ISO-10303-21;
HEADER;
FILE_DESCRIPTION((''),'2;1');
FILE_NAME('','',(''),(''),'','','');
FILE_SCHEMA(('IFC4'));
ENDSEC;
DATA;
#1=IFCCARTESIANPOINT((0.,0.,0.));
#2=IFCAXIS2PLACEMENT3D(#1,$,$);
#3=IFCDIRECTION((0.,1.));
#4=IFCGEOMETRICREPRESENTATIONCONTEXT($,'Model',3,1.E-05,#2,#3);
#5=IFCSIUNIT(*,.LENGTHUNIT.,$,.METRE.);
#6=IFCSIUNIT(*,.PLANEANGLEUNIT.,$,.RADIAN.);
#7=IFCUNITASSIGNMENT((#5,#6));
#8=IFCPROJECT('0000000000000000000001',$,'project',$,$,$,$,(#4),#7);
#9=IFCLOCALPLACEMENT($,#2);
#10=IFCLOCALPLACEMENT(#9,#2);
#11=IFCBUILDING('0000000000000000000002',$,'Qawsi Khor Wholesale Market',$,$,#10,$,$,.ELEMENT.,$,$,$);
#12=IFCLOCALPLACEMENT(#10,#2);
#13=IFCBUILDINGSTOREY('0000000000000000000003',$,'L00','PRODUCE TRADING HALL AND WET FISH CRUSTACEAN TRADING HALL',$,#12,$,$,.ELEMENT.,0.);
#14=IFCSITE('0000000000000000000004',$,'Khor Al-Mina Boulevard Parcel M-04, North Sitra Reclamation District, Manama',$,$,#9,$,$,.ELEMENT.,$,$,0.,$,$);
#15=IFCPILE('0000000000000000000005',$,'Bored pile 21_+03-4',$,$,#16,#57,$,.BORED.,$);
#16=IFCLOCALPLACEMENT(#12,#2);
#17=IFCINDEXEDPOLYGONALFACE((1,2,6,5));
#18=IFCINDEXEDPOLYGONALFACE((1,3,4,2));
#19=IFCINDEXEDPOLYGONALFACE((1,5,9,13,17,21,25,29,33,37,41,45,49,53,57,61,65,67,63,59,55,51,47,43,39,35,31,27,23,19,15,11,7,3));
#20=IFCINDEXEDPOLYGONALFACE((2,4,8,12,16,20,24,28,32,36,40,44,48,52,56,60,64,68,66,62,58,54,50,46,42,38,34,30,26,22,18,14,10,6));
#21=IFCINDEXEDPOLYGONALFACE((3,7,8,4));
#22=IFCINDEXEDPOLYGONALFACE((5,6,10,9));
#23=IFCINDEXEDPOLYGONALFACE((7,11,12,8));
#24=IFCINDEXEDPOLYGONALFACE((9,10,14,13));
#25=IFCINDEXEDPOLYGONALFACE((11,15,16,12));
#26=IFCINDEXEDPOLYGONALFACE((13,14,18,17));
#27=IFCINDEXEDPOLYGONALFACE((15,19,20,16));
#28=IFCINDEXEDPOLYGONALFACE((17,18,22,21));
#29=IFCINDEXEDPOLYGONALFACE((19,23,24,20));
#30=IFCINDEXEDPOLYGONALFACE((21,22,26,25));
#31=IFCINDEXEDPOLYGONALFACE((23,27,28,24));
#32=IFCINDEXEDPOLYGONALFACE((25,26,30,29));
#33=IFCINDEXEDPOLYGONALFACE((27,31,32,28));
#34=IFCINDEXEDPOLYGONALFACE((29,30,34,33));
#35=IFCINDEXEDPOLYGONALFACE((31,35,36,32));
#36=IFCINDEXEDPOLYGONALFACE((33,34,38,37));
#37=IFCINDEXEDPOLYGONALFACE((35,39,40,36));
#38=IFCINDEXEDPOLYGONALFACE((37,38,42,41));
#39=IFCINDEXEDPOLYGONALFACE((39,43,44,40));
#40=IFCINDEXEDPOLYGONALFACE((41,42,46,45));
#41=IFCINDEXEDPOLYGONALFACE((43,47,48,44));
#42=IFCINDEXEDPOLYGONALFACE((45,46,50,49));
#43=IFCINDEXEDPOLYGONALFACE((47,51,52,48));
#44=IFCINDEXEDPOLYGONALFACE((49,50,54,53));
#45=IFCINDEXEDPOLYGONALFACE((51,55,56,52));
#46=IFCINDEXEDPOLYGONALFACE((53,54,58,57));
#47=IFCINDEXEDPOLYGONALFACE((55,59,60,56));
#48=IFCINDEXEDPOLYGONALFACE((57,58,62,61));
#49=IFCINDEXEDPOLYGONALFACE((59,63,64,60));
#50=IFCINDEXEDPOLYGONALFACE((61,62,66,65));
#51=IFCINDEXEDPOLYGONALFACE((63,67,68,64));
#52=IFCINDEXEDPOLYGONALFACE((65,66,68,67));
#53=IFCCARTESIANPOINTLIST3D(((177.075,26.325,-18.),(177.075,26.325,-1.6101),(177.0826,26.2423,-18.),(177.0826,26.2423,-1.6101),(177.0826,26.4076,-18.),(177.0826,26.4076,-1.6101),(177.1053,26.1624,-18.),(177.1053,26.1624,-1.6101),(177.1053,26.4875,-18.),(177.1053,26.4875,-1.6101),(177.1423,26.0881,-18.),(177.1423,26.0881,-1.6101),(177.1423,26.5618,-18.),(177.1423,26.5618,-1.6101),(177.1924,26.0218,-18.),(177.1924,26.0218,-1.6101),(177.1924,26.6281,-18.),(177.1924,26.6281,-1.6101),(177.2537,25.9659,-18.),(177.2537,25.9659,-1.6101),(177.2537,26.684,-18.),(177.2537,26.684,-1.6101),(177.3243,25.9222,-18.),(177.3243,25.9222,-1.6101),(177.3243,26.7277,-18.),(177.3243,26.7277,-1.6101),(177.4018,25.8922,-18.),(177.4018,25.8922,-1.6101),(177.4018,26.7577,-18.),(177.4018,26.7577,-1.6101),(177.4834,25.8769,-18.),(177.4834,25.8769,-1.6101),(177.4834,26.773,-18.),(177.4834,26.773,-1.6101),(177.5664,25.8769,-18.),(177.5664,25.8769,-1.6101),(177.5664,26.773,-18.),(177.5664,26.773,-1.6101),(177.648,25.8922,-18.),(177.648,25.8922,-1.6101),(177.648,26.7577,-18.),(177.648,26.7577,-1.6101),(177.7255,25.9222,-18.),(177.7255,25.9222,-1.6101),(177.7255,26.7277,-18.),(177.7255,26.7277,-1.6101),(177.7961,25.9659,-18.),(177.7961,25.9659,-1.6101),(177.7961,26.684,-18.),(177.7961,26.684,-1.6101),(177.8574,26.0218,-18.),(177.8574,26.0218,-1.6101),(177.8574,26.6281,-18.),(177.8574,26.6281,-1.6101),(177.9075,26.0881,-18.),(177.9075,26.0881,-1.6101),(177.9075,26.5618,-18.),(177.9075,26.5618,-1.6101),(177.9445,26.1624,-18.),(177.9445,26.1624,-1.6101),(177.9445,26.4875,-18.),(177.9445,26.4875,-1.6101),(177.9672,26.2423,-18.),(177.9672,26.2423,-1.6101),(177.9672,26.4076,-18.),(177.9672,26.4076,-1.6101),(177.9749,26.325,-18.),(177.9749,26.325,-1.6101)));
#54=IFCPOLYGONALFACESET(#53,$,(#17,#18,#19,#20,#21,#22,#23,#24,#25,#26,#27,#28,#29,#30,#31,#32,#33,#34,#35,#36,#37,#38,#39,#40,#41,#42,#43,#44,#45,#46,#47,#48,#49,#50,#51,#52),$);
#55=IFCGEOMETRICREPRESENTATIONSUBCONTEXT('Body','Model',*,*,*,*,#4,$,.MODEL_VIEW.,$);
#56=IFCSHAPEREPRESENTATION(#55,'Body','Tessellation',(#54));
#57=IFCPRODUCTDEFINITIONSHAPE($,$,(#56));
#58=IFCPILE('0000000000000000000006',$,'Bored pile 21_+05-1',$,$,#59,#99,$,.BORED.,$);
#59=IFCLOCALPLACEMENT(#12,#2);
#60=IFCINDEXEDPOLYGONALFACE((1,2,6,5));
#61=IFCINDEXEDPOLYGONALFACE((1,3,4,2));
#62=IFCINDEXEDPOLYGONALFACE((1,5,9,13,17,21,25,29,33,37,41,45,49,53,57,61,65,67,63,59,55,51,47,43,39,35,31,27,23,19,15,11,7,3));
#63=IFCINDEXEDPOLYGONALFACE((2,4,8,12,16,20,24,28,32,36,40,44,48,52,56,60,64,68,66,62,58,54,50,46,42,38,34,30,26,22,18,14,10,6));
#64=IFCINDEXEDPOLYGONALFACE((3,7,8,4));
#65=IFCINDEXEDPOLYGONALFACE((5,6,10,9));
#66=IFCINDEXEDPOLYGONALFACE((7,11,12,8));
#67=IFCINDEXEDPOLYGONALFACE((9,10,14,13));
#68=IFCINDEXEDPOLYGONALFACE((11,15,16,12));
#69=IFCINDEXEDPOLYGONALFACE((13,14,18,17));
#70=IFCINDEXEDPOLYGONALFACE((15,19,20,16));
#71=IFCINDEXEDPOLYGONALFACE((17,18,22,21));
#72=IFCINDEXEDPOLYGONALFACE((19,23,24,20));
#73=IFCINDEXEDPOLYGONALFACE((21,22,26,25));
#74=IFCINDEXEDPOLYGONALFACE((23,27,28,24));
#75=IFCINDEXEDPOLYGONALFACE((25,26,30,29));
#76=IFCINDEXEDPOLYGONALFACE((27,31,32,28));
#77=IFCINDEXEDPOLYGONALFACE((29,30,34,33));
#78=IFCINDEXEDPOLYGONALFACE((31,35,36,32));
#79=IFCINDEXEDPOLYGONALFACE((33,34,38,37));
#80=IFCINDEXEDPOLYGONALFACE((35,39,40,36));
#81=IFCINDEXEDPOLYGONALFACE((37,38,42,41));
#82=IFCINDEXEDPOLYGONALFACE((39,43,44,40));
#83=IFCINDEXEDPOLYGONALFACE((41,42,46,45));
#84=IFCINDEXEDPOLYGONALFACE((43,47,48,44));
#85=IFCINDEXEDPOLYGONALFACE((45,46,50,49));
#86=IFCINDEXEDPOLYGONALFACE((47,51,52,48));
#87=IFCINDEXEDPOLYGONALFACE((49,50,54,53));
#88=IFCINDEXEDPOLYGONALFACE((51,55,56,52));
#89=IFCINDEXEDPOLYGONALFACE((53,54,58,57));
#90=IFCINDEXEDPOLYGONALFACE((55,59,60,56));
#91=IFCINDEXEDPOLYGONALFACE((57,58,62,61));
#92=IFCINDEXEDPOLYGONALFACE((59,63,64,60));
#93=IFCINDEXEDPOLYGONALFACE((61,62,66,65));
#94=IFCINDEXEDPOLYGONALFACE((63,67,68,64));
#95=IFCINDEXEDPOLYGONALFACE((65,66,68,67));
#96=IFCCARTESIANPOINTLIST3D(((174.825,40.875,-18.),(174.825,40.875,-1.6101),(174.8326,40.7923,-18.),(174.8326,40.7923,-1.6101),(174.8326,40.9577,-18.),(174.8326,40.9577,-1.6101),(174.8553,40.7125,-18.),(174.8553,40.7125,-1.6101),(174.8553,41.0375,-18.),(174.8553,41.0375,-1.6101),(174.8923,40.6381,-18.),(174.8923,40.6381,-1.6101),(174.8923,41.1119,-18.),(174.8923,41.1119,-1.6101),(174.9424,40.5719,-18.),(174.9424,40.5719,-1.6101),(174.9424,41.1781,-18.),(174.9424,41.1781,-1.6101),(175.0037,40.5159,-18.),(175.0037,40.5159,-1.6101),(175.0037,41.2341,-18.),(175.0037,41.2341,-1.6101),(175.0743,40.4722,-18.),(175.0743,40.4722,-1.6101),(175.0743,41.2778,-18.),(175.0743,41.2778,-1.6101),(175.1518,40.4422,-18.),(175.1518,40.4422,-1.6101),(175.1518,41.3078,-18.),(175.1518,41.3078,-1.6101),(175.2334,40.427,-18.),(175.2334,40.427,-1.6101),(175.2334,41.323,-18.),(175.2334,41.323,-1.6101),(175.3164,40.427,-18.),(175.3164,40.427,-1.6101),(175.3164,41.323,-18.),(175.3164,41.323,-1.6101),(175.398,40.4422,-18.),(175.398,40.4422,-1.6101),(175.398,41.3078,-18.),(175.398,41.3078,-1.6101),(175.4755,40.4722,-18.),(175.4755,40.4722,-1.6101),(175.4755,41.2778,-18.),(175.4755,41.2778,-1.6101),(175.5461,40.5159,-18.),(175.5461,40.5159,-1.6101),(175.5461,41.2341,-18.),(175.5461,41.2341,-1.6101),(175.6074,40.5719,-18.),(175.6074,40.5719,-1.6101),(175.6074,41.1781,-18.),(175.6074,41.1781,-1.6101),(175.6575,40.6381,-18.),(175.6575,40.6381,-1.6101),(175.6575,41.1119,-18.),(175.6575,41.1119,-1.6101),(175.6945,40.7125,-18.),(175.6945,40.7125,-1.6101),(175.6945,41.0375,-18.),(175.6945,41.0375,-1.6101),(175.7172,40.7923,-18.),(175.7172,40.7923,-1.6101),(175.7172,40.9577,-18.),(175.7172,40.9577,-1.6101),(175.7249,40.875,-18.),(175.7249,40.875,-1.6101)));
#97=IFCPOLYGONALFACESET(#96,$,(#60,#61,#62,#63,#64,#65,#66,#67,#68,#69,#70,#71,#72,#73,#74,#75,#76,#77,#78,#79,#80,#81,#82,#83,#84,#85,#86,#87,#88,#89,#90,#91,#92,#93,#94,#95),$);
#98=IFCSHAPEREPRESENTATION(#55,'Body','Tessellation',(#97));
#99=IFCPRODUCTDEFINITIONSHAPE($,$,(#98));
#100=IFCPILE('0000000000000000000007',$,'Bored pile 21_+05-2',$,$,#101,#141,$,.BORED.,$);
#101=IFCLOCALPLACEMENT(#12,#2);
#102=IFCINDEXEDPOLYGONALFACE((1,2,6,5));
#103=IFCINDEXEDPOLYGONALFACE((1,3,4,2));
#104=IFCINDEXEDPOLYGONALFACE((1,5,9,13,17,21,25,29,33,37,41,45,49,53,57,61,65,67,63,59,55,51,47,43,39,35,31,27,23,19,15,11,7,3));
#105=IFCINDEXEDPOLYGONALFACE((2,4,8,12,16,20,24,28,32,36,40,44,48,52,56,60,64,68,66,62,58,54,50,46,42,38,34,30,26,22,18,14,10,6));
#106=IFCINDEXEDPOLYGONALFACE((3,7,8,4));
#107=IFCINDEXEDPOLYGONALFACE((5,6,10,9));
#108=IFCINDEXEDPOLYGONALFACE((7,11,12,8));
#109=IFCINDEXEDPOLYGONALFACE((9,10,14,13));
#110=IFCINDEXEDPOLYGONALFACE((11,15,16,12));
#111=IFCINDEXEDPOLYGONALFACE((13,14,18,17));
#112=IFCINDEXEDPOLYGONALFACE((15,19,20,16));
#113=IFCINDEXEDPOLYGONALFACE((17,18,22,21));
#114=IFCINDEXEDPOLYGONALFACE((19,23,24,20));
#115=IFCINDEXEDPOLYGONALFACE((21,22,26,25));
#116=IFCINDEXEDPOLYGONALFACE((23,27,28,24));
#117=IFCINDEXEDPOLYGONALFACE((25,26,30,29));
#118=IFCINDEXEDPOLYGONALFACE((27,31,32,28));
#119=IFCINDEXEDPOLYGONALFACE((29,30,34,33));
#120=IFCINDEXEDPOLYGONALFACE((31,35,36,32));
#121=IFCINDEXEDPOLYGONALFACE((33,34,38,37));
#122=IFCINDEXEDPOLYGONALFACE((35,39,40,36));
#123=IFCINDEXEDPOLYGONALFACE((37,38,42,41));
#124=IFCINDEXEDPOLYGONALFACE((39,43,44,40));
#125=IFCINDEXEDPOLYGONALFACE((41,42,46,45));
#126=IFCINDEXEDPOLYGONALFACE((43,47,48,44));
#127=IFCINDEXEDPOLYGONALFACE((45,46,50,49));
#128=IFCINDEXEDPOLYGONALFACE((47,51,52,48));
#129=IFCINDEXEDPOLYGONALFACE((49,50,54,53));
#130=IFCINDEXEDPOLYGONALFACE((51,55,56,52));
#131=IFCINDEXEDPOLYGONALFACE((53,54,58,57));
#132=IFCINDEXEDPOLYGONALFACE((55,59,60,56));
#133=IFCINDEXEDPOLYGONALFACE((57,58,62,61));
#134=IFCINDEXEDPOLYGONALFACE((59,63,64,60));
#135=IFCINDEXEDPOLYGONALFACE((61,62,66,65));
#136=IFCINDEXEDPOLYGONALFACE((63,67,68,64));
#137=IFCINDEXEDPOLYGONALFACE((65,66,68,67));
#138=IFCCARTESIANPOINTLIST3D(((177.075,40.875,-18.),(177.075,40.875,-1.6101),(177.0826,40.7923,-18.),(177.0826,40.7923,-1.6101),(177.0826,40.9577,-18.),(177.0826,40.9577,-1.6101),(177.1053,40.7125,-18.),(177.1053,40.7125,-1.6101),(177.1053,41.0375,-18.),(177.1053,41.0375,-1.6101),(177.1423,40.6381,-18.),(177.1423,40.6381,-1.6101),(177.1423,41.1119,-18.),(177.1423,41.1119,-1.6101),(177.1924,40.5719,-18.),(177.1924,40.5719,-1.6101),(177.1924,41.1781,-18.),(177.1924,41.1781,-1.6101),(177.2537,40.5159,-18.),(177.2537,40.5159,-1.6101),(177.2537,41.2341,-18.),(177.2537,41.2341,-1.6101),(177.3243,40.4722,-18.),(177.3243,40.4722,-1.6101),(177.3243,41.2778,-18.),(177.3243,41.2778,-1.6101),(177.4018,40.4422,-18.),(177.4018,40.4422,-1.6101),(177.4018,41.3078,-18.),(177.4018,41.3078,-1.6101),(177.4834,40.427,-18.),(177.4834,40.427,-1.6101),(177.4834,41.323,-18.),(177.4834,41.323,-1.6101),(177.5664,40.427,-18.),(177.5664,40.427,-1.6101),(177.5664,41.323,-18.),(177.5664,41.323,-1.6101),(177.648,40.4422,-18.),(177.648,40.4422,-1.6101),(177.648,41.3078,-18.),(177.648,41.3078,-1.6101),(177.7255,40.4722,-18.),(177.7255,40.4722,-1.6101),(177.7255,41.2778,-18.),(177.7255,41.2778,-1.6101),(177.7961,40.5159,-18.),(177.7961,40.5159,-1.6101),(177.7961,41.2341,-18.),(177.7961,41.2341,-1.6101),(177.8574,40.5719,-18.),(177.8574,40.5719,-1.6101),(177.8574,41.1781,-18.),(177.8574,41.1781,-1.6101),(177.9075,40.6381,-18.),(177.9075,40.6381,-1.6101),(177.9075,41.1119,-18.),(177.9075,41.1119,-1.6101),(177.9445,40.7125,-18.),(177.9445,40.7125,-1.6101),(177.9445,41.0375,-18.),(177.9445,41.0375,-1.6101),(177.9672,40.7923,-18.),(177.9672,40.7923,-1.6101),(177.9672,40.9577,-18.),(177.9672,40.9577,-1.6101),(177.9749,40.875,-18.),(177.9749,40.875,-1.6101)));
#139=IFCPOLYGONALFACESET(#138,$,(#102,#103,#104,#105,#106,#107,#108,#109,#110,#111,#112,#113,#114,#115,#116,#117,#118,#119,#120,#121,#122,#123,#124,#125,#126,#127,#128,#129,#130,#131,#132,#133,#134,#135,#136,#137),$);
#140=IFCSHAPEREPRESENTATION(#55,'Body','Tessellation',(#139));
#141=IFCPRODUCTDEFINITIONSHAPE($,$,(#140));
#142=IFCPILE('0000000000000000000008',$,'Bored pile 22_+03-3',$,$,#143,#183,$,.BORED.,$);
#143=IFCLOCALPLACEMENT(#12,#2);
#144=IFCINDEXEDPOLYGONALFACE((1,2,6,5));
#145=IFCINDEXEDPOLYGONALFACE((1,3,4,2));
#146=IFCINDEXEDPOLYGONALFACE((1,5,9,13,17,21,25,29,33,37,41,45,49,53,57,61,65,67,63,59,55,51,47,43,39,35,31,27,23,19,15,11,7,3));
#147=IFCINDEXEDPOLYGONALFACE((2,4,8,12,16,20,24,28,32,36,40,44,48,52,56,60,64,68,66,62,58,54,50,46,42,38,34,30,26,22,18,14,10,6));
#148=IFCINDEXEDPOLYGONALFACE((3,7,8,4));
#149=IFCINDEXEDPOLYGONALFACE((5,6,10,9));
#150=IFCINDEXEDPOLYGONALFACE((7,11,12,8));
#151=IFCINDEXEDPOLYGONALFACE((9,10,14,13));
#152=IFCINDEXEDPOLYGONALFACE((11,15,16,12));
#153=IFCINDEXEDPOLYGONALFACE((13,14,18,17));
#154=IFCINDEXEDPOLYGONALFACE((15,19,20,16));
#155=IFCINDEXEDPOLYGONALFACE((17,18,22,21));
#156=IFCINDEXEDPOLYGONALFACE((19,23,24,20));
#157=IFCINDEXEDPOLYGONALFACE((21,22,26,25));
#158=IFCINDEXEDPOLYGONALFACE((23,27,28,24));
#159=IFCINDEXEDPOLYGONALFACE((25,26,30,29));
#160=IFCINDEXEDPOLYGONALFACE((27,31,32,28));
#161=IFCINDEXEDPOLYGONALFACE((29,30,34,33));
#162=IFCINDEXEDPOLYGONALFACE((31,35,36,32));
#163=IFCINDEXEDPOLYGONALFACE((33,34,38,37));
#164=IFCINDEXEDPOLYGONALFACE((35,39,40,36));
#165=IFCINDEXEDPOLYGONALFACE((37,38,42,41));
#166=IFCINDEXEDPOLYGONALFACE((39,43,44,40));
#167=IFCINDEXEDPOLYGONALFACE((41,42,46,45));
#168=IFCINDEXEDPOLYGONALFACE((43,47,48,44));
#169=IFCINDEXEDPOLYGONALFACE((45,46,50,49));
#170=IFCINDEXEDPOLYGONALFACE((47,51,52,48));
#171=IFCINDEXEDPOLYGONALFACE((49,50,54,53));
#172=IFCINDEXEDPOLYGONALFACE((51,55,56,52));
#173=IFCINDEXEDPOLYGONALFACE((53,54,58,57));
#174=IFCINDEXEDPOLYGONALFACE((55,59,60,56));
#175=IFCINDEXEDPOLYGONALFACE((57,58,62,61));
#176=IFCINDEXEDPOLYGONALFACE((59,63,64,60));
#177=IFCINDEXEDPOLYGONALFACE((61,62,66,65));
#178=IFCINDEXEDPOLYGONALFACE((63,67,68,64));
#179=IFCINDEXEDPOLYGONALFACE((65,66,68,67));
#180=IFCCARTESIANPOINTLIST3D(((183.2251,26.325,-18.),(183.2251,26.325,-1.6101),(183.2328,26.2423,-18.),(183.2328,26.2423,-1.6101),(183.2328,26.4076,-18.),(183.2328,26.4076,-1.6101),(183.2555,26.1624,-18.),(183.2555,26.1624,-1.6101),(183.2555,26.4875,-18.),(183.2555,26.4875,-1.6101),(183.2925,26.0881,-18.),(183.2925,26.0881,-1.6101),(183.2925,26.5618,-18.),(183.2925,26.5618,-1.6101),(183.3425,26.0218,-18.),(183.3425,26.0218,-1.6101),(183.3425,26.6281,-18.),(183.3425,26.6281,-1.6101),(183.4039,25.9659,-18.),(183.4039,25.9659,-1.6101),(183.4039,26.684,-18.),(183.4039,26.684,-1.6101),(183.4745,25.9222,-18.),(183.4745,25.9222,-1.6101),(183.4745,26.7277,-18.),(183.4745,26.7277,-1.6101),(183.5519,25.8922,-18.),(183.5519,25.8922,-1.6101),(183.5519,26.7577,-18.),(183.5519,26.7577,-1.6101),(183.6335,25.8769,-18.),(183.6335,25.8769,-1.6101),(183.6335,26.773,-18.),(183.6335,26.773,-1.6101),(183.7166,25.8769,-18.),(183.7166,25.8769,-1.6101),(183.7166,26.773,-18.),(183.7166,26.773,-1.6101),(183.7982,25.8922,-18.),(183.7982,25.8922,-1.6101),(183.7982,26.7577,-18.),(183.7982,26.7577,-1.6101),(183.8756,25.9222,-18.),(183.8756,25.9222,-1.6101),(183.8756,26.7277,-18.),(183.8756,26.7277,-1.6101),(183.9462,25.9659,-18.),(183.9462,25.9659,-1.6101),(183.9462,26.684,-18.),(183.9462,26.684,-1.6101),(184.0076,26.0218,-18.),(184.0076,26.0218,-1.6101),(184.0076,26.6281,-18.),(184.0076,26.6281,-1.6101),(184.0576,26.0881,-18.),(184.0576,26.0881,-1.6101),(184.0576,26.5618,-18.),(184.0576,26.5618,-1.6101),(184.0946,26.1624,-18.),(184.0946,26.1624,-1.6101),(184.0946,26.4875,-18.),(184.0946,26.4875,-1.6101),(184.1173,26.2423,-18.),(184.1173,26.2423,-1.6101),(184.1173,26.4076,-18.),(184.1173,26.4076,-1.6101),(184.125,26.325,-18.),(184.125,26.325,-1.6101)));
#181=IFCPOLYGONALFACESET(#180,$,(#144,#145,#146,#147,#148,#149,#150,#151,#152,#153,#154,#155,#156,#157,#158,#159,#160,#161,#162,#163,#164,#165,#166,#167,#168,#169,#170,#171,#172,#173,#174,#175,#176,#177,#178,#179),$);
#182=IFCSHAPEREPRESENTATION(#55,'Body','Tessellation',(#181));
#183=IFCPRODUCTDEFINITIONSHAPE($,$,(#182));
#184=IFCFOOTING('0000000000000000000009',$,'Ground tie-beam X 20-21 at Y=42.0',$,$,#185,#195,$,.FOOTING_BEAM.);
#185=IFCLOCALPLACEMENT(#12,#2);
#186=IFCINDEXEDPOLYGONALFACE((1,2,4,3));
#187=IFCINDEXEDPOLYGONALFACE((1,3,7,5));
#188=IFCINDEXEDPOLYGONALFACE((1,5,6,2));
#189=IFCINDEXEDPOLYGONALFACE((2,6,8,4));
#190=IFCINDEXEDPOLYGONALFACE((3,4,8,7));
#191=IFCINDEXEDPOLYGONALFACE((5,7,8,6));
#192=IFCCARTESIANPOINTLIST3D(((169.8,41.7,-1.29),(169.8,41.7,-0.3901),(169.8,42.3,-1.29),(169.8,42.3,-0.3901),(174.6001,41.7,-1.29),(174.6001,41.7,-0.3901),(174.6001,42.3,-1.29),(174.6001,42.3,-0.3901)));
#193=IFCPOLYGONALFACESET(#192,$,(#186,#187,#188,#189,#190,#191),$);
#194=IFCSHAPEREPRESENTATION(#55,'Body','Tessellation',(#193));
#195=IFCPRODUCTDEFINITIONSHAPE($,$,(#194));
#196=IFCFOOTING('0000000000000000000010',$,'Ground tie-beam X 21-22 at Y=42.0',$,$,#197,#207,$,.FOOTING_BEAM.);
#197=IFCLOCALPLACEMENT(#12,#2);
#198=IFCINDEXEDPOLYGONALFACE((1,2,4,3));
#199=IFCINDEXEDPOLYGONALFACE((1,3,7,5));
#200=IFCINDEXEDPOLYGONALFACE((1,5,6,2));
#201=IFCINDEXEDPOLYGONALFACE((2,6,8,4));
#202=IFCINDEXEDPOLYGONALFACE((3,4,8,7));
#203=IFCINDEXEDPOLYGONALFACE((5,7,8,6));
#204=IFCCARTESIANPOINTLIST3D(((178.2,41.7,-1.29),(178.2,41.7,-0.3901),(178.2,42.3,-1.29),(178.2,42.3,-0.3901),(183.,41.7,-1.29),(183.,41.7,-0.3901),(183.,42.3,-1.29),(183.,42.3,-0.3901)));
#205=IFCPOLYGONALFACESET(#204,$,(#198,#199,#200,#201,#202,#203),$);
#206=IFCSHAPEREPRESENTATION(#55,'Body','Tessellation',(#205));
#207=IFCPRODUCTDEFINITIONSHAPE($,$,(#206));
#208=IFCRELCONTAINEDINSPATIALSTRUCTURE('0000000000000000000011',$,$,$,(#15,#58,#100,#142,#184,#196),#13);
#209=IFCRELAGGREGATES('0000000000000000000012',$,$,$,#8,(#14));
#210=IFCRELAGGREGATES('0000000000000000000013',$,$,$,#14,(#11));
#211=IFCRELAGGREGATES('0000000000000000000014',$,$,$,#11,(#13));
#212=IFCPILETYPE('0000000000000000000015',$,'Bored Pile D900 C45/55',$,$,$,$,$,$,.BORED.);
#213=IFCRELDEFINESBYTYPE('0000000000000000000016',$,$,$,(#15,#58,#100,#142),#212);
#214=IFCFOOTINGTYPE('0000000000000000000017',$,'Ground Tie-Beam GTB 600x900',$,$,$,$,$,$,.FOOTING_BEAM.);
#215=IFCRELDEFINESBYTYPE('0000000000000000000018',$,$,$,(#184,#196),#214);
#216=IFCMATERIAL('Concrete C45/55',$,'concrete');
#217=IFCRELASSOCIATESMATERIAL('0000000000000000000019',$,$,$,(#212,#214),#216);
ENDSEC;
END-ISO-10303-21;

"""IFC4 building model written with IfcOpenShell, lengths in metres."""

from ifc_helpers import new_model, si_unit, direction, frame, origin, origin_2d, place, context, subcontext, project, spatial, rectangle, circle, extrude, material, material_profile, profile_set, type_object, element, save


model = new_model("IFC4")

# Units and contexts
model_context = context("Model", 3, precision=1e-05, world=origin(), true_north=direction((0.0, 1.0)))
body_context = subcontext(model_context, "Body", "Model", "MODEL_VIEW")
ifc_project = project(units=[si_unit("LENGTHUNIT", "METRE"), si_unit("PLANEANGLEUNIT", "RADIAN")], contexts=[model_context])

# Site, building, storey
site_placement = place(None, origin())
site = spatial("IfcSite", under=ifc_project, at=site_placement, Name="Khor Al-Mina Boulevard Parcel M-04, North Sitra Reclamation District, Manama", CompositionType="ELEMENT", RefElevation=0.0)
building_placement = place(site_placement, origin())
building = spatial("IfcBuilding", under=site, at=building_placement, Name="Qawsi Khor Wholesale Market", CompositionType="ELEMENT")
storey_placement = place(building_placement, origin())
storey = spatial("IfcBuildingStorey", under=building, at=storey_placement, Name="L00", Description="PRODUCE TRADING HALL AND WET FISH CRUSTACEAN TRADING HALL", CompositionType="ELEMENT", Elevation=0.0)

# Piles
ifc_material_1 = material(Name="Concrete C45/55", Category="concrete")
ifc_material_profile_1 = material_profile(ifc_material_1, circle(Radius=0.45, at=origin_2d()), Name="PILE D900")
ifc_profile_set_1 = profile_set([ifc_material_profile_1], Name="Concrete C45/55")
pile_type_1 = type_object("IfcPileType", Name="Bored Pile D900 C45/55", PredefinedType="BORED", material=ifc_profile_set_1)
for number, where, z_axis, x_axis, name in (
    (1, (177.5249, 26.325, -1.6101), (0.0, 0.0, -1.0), (1.0, 0.0, 0.0), "Bored pile 21_+03-4"),
    (2, (175.2749, 40.875, -1.6101), (0.0, 0.0, -1.0), (1.0, 0.0, 0.0), "Bored pile 21_+05-1"),
    (3, (177.5249, 40.875, -1.6101), (0.0, 0.0, -1.0), (1.0, 0.0, 0.0), "Bored pile 21_+05-2"),
    (4, (183.675, 26.325, -1.6101), (0.0, 0.0, -1.0), (1.0, 0.0, 0.0), "Bored pile 22_+03-3"),
):
    element("IfcPile", number, at=place(storey_placement, frame(where, z_axis=z_axis, x_axis=x_axis)), inside=storey, type_object=pile_type_1, Name=name, PredefinedType="BORED", context=body_context, shape_type="SweptSolid", body=[
        extrude(circle(Radius=0.45, at=origin_2d()), origin(), (0.0, 0.0, 1.0), 16.3899),
    ])

# Footings
ifc_material_profile_2 = material_profile(ifc_material_1, rectangle(XDim=0.6001, YDim=0.8999, at=origin_2d()), Name="RC 600x900")
ifc_profile_set_2 = profile_set([ifc_material_profile_2], Name="Concrete C45/55")
footing_type_1 = type_object("IfcFootingType", Name="Ground Tie-Beam GTB 600x900", PredefinedType="FOOTING_BEAM", material=ifc_profile_set_2)
for number, where, z_axis, x_axis, name in (
    (5, (169.8, 42.0, -0.8401), (1.0, 0.0, 0.0), (0.0, 1.0, 0.0), "Ground tie-beam X 20-21 at Y=42.0"),
    (6, (178.2, 42.0, -0.8401), (1.0, 0.0, 0.0), (0.0, 1.0, 0.0), "Ground tie-beam X 21-22 at Y=42.0"),
):
    element("IfcFooting", number, at=place(storey_placement, frame(where, z_axis=z_axis, x_axis=x_axis)), inside=storey, type_object=footing_type_1, Name=name, PredefinedType="FOOTING_BEAM", context=body_context, shape_type="SweptSolid", body=[
        extrude(rectangle(XDim=0.6001, YDim=0.8999, at=origin_2d()), origin(), (0.0, 0.0, 1.0), 4.8),
    ])

save(model, "model.ifc")
